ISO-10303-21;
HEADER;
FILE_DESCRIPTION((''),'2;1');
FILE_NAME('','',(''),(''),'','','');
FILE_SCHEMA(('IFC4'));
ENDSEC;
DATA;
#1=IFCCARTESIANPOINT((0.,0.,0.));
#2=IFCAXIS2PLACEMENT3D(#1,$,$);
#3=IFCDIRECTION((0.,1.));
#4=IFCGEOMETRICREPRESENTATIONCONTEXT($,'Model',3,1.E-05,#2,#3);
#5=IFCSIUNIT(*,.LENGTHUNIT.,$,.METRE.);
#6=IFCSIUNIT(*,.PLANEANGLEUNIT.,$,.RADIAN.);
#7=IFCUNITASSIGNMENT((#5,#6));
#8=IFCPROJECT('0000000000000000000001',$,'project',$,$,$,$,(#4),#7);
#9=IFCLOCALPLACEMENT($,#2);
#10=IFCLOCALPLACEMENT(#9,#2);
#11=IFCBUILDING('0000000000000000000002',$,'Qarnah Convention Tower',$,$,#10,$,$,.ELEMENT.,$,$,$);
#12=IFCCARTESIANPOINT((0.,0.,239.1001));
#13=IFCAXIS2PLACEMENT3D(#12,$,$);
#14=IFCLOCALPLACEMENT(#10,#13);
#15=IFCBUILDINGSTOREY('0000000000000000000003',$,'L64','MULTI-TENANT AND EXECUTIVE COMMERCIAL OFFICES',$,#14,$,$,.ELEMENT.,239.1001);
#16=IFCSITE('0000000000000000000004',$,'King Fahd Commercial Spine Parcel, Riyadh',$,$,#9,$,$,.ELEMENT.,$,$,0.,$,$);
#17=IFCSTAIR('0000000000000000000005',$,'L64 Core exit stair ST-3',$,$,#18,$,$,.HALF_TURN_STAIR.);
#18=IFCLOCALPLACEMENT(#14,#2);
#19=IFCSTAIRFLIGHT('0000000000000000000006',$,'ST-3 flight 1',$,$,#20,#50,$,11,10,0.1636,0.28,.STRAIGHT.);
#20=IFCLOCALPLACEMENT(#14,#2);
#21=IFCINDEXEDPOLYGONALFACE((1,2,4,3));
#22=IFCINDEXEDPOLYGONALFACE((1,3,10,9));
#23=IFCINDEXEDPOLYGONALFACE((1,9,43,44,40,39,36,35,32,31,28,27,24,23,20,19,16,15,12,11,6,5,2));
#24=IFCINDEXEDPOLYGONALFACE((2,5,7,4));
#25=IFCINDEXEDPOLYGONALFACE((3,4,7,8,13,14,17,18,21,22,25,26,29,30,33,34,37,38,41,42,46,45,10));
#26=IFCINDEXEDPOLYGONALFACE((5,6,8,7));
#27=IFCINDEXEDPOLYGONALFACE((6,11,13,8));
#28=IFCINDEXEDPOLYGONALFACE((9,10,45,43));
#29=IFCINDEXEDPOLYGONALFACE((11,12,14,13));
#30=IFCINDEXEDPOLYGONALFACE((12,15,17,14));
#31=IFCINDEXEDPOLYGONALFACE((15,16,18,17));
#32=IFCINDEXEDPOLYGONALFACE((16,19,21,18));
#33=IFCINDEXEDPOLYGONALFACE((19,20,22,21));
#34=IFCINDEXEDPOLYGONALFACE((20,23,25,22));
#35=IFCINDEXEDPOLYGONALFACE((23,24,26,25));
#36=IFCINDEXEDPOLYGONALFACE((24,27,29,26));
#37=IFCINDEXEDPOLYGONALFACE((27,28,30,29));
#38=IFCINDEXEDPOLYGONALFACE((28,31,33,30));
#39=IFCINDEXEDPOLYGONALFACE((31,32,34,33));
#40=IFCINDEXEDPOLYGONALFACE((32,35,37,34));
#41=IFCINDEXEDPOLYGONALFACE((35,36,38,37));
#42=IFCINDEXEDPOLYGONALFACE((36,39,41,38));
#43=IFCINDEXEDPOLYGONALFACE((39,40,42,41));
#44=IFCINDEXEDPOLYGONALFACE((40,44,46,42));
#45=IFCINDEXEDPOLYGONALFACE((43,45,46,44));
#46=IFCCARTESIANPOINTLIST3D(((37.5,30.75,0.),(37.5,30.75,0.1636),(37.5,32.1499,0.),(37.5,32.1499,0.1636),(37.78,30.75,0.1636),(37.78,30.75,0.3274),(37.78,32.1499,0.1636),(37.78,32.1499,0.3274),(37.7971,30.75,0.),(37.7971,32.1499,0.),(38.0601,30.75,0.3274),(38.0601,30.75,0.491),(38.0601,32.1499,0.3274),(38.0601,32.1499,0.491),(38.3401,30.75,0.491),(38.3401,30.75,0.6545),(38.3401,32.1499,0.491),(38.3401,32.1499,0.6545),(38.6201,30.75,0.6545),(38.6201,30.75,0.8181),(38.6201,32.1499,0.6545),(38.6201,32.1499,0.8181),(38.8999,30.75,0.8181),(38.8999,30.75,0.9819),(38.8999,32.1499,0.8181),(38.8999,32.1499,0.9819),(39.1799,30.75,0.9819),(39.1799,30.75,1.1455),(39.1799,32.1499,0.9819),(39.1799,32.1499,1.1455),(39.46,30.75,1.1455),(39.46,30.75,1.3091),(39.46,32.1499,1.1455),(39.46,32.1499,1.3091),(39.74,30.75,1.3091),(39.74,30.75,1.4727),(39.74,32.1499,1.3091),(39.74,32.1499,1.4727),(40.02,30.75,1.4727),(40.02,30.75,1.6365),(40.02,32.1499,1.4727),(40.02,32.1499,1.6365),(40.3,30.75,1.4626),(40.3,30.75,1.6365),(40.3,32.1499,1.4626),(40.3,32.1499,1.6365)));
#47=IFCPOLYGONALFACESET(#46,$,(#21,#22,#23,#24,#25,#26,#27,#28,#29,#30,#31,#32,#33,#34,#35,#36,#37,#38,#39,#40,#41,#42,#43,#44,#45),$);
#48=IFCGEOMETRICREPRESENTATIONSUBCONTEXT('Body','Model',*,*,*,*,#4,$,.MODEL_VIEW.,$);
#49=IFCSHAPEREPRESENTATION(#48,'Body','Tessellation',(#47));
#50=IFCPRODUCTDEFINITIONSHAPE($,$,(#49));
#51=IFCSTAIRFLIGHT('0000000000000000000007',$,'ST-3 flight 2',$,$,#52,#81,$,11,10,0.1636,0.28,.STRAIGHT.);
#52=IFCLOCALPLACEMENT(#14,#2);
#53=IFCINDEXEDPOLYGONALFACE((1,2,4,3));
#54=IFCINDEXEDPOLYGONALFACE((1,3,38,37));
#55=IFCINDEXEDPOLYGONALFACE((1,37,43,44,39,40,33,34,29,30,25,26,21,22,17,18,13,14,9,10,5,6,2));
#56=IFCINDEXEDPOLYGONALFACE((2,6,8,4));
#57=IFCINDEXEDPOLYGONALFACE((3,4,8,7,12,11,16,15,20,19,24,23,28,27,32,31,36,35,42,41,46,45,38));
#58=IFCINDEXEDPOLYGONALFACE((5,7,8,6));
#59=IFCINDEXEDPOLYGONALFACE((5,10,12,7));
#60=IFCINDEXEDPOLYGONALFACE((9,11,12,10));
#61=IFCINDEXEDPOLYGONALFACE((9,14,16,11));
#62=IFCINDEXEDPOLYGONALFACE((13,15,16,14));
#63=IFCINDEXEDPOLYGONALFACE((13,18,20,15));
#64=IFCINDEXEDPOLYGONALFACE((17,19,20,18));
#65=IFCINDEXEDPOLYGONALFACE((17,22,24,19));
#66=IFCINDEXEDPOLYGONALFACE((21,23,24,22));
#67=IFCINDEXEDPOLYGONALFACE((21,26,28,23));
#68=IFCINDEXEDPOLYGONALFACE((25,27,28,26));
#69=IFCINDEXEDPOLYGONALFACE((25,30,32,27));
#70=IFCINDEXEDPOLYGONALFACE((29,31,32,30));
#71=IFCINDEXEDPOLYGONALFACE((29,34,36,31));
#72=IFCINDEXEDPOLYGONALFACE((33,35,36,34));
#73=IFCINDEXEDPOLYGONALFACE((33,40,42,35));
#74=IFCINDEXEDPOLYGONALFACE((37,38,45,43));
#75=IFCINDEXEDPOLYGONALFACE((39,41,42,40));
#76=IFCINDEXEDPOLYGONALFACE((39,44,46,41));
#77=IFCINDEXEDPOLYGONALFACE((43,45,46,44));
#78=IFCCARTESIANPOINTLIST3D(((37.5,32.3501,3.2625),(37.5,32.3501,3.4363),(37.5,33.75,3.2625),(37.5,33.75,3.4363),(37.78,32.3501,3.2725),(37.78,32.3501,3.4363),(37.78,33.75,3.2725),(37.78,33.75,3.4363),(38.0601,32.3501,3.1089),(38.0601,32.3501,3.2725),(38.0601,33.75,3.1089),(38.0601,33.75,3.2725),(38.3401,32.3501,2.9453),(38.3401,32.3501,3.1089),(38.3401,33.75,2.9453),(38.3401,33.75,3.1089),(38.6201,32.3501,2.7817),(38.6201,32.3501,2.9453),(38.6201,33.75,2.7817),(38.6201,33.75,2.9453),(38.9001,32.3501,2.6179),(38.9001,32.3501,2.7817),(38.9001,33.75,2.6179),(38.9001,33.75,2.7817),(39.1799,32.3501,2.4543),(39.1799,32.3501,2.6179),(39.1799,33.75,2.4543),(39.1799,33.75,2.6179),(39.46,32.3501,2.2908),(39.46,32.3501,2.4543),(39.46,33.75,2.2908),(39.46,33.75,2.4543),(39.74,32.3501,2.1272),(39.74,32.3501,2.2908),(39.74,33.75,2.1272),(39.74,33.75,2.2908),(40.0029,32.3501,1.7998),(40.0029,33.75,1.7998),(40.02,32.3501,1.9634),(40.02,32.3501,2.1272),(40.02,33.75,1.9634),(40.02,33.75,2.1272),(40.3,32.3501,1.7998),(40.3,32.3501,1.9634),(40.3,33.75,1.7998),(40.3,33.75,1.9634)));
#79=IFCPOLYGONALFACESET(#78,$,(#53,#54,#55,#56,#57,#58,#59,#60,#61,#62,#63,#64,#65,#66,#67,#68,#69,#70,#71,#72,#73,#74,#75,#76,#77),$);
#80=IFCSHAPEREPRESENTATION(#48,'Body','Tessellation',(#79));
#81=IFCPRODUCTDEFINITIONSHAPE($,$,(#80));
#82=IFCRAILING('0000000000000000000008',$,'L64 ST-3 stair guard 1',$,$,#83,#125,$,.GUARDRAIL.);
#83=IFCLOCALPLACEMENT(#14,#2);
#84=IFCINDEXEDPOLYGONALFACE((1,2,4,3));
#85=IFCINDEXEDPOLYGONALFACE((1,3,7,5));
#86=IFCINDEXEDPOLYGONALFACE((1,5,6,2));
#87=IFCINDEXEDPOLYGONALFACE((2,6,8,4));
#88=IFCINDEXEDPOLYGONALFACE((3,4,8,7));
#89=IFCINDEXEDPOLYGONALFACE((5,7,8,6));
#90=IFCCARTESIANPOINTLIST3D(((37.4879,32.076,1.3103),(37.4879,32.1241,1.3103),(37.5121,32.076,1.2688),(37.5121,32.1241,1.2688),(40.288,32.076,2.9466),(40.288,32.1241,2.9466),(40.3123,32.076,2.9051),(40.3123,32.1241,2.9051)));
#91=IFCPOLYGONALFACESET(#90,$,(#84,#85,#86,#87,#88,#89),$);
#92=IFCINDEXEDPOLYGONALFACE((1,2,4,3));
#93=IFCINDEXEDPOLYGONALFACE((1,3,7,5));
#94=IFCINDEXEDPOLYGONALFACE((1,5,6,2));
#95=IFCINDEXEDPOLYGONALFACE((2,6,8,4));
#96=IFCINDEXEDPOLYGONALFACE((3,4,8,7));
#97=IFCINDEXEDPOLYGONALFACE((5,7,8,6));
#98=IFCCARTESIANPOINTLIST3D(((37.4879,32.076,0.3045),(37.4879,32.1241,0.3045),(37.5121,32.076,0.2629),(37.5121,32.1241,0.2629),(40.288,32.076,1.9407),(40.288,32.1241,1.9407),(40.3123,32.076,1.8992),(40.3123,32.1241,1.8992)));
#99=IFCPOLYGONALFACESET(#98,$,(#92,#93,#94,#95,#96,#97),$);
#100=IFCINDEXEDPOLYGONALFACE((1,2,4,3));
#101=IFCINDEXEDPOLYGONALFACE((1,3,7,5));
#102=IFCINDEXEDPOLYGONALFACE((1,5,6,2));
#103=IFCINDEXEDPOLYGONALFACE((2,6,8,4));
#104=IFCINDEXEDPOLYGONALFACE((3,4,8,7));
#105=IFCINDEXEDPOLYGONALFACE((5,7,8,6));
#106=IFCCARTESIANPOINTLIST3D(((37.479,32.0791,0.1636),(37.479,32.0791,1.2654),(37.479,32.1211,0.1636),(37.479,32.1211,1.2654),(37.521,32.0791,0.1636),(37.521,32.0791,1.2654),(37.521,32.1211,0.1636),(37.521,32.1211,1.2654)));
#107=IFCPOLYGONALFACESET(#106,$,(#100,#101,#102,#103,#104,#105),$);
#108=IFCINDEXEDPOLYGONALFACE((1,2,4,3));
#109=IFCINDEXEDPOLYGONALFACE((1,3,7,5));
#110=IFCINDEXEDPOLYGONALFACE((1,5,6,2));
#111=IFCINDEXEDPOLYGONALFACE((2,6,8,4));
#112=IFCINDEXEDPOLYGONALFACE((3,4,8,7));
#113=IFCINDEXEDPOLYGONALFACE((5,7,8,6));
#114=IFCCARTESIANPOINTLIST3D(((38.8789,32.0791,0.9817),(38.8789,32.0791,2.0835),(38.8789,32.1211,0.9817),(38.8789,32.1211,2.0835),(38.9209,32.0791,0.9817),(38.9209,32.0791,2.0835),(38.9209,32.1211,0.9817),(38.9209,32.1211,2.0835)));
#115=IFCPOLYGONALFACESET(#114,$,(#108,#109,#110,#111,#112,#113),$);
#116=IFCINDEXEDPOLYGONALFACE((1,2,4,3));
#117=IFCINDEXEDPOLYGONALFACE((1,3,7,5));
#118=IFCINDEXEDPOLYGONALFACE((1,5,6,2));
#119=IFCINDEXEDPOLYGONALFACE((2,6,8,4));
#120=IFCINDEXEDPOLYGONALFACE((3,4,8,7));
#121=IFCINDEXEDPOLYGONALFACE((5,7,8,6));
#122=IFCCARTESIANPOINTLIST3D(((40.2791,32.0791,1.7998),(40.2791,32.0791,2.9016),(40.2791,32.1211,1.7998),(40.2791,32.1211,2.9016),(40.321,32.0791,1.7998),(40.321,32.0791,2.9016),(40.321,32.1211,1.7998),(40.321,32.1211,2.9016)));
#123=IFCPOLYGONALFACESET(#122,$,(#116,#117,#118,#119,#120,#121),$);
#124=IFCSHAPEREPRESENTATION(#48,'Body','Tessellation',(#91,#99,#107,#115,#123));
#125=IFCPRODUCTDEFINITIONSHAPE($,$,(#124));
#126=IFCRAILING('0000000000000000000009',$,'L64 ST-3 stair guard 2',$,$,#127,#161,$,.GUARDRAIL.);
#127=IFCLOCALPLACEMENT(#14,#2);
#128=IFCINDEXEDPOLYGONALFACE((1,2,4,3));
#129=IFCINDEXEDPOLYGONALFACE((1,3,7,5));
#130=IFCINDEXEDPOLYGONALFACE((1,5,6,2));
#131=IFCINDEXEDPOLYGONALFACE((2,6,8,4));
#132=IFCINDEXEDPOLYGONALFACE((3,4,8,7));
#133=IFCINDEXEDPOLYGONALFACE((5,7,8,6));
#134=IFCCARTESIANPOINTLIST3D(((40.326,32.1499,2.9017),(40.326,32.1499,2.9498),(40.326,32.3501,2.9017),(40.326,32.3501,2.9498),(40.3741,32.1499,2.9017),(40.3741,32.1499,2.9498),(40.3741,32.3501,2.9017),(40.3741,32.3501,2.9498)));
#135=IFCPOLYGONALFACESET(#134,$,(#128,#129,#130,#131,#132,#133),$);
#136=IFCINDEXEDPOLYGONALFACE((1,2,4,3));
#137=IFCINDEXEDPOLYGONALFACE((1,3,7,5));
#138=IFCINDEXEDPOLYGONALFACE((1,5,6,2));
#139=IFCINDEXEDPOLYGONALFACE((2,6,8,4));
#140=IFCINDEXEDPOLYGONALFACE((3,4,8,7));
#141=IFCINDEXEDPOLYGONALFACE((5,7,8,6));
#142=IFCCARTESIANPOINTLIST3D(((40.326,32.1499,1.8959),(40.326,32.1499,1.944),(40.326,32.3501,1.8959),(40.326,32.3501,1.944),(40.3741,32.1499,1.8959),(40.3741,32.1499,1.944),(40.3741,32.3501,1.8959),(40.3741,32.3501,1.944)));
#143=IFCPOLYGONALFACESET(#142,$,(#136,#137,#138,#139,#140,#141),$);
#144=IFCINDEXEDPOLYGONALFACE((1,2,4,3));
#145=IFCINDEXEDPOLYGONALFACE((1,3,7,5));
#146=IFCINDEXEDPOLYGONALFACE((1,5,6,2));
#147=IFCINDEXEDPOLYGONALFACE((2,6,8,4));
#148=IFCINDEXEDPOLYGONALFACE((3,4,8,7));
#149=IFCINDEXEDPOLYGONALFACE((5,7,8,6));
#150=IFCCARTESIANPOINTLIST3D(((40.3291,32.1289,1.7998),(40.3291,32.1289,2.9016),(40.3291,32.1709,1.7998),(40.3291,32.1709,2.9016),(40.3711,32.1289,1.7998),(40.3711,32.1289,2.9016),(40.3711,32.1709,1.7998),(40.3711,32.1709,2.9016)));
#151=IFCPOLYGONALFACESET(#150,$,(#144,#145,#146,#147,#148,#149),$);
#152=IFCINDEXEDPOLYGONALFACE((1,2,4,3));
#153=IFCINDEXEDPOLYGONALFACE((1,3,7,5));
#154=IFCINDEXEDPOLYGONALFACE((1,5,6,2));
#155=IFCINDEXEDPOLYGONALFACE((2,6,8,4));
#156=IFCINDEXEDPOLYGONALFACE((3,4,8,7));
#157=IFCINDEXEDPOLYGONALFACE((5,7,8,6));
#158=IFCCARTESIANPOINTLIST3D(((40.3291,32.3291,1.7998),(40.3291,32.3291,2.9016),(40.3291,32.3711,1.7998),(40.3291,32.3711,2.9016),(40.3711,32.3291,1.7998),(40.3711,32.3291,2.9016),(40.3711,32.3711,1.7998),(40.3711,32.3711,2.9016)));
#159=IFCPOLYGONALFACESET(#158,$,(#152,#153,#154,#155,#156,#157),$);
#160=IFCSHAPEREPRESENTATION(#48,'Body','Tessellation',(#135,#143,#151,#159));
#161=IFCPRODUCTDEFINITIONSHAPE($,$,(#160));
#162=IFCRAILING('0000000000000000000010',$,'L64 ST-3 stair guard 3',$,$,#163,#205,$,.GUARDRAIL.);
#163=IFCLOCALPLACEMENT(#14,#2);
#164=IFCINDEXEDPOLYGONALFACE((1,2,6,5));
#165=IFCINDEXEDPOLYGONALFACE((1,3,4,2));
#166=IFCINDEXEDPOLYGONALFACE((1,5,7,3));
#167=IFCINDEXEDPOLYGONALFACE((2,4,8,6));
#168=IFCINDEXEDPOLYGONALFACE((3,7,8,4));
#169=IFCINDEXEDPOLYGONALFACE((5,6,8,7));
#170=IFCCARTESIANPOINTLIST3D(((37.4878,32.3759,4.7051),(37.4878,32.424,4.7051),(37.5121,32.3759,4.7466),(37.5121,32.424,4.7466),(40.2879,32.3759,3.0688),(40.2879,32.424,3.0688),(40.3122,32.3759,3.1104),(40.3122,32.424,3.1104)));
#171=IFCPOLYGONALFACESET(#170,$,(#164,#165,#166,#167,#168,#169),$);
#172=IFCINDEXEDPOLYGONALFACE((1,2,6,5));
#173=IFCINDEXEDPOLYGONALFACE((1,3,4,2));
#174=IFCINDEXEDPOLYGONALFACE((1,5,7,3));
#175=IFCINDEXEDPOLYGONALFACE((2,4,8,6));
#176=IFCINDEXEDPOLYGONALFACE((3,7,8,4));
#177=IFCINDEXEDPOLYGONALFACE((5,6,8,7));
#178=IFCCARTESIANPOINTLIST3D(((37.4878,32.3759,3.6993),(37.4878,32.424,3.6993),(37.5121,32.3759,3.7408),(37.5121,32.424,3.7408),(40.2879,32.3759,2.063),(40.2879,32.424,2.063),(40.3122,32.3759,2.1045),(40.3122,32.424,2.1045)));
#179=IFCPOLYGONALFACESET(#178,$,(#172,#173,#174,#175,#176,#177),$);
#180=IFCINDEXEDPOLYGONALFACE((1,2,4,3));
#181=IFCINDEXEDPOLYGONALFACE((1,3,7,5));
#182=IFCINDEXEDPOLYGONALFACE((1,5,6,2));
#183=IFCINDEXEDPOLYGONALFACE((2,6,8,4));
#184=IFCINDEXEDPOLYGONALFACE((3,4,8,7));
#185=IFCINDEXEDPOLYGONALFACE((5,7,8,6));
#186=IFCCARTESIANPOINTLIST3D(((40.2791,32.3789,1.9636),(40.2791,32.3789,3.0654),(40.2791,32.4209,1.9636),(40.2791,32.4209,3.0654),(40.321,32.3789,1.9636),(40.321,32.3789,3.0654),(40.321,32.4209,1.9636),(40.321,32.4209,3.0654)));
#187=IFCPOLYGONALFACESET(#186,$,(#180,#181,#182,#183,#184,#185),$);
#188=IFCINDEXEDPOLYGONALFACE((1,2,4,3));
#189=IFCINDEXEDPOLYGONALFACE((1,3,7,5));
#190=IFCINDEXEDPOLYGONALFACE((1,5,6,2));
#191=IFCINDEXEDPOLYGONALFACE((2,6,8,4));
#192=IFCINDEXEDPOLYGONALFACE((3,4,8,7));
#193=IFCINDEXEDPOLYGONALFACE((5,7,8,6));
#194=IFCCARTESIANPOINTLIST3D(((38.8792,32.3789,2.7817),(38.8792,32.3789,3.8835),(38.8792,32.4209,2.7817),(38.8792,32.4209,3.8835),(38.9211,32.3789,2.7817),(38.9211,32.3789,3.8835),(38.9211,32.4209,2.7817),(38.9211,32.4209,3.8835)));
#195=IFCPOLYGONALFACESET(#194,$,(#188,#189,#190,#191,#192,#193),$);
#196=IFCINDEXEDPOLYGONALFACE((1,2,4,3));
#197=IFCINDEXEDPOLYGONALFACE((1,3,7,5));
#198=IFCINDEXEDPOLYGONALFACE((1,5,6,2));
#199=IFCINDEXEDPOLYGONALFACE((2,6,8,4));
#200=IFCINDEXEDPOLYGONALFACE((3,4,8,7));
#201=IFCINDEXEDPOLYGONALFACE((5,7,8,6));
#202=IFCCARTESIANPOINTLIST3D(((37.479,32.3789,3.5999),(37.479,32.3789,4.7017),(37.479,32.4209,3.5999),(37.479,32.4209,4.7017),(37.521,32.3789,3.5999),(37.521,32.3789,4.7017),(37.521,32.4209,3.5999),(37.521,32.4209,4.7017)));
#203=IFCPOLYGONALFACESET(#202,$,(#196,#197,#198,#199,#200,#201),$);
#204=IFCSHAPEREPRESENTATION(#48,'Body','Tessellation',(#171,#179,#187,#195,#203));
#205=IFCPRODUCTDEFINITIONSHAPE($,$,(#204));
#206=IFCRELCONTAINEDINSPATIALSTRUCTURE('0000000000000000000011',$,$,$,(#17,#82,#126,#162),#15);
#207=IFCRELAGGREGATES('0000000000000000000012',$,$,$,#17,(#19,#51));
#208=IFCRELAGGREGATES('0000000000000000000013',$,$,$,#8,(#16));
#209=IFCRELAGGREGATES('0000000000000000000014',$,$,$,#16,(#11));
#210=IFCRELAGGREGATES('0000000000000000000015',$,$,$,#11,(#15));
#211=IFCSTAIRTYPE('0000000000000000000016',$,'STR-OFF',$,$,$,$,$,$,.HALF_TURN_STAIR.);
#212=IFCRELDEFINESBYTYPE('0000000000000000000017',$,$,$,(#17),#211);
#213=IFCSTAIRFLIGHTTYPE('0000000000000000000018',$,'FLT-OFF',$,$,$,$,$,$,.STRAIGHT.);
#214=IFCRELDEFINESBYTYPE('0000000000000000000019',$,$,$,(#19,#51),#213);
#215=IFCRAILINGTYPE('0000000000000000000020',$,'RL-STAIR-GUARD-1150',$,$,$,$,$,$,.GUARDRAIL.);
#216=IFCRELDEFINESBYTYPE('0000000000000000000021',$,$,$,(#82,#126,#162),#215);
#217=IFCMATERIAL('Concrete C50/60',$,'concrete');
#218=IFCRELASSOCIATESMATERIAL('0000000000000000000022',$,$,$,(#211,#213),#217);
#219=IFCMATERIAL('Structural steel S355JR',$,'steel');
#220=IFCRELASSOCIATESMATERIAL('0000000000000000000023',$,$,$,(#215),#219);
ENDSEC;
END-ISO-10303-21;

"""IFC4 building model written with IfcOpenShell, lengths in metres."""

from ifc_helpers import new_model, si_unit, direction, frame, origin, origin_2d, place, context, subcontext, project, spatial, polyline, rectangle, outline, extrude, material, type_object, element, aggregate, save


model = new_model("IFC4")

# Units and contexts
model_context = context("Model", 3, precision=1e-05, world=origin(), true_north=direction((0.0, 1.0)))
body_context = subcontext(model_context, "Body", "Model", "MODEL_VIEW")
ifc_project = project(units=[si_unit("LENGTHUNIT", "METRE"), si_unit("PLANEANGLEUNIT", "RADIAN")], contexts=[model_context])

# Site, building, storey
site_placement = place(None, origin())
site = spatial("IfcSite", under=ifc_project, at=site_placement, Name="King Fahd Commercial Spine Parcel, Riyadh", CompositionType="ELEMENT", RefElevation=0.0)
building_placement = place(site_placement, origin())
building = spatial("IfcBuilding", under=site, at=building_placement, Name="Qarnah Convention Tower", CompositionType="ELEMENT")
storey_placement = place(building_placement, frame((0.0, 0.0, 239.1001)))
storey = spatial("IfcBuildingStorey", under=building, at=storey_placement, Name="L64", Description="MULTI-TENANT AND EXECUTIVE COMMERCIAL OFFICES", CompositionType="ELEMENT", Elevation=239.1001)

# Shared definitions
ifc_material_1 = material(Name="Concrete C50/60", Category="concrete")

# Shared definitions
ifc_material_2 = material(Name="Structural steel S355JR", Category="steel")

# Stair, stair flights
stair_type = type_object("IfcStairType", Name="STR-OFF", PredefinedType="HALF_TURN_STAIR", material=ifc_material_1)
stair_placement = place(storey_placement, origin())
stair = element("IfcStair", 1, at=stair_placement, inside=storey, type_object=stair_type, Name="L64 Core exit stair ST-3", PredefinedType="HALF_TURN_STAIR")
stair_flight_type = type_object("IfcStairFlightType", Name="FLT-OFF", PredefinedType="STRAIGHT", material=ifc_material_1)
stair_flight_1_placement = place(storey_placement, frame((37.5, 31.45, 0.0), z_axis=(0.0, 0.0, 1.0), x_axis=(1.0, 0.0, 0.0)))
stair_flight_1 = element("IfcStairFlight", 2, at=stair_flight_1_placement, type_object=stair_flight_type, Name="ST-3 flight 1", NumberOfRisers=11, NumberOfTreads=10, PredefinedType="STRAIGHT", RiserHeight=0.1636, TreadLength=0.28, context=body_context, shape_type="SweptSolid", body=[
    extrude(outline(polyline([(0.0, 0.0), (0.0, 0.1636), (0.28, 0.1636), (0.28, 0.3274), (0.5601, 0.3274), (0.5601, 0.491), (0.8401, 0.491), (0.8401, 0.6545), (1.1201, 0.6545), (1.1201, 0.8181), (1.3999, 0.8181), (1.3999, 0.9819), (1.6799, 0.9819), (1.6799, 1.1455), (1.96, 1.1455), (1.96, 1.3091), (2.24, 1.3091), (2.24, 1.4727), (2.52, 1.4727), (2.52, 1.6365), (2.8, 1.6365), (2.8, 1.8), (2.8, 1.4626), (0.2971, 0.0), (0.0, 0.0)])), frame((0.0, 0.7, 0.0), z_axis=(0.0, -1.0, 0.0), x_axis=(1.0, 0.0, 0.0)), (0.0, 0.0, 1.0), 1.3999),
])
stair_flight_2_placement = place(storey_placement, frame((40.3, 33.05, 1.7998), z_axis=(0.0, 0.0, 1.0), x_axis=(-1.0, 0.0, 0.0)))
stair_flight_2 = element("IfcStairFlight", 3, at=stair_flight_2_placement, type_object=stair_flight_type, Name="ST-3 flight 2", NumberOfRisers=11, NumberOfTreads=10, PredefinedType="STRAIGHT", RiserHeight=0.1636, TreadLength=0.28, context=body_context, shape_type="SweptSolid", body=[
    extrude(outline(polyline([(0.0, 0.0), (0.0, 0.1636), (0.28, 0.1636), (0.28, 0.3274), (0.5601, 0.3274), (0.5601, 0.491), (0.8401, 0.491), (0.8401, 0.6545), (1.1201, 0.6545), (1.1201, 0.8181), (1.3999, 0.8181), (1.3999, 0.9819), (1.6799, 0.9819), (1.6799, 1.1455), (1.96, 1.1455), (1.96, 1.3091), (2.24, 1.3091), (2.24, 1.4727), (2.52, 1.4727), (2.52, 1.6365), (2.8, 1.6365), (2.8, 1.8), (2.8, 1.4626), (0.2971, 0.0), (0.0, 0.0)])), frame((0.0, 0.7, 0.0), z_axis=(0.0, -1.0, 0.0), x_axis=(1.0, 0.0, 0.0)), (0.0, 0.0, 1.0), 1.3999),
])
aggregate(stair, [stair_flight_1, stair_flight_2])

# Railings
railing_type_1 = type_object("IfcRailingType", Name="RL-STAIR-GUARD-1150", PredefinedType="GUARDRAIL", material=ifc_material_2)
railing_1_placement = place(storey_placement, frame((37.5, 32.1001, 0.1636)))
element("IfcRailing", 4, at=railing_1_placement, inside=storey, type_object=railing_type_1, Name="L64 ST-3 stair guard 1", PredefinedType="GUARDRAIL", context=body_context, shape_type="SweptSolid", body=[
    extrude(rectangle(XDim=0.0481, YDim=0.0481, at=origin_2d()), frame((0.0, 0.0, 1.126), z_axis=(0.863394, 0.0, 0.504531), x_axis=(0.0, 1.0, 0.0)), (0.0, 0.0, 1.0), 3.2432),
    extrude(rectangle(XDim=0.0481, YDim=0.0481, at=origin_2d()), frame((0.0, 0.0, 0.1201), z_axis=(0.863394, 0.0, 0.504531), x_axis=(0.0, 1.0, 0.0)), (0.0, 0.0, 1.0), 3.2432),
    extrude(rectangle(XDim=0.042, YDim=0.042, at=origin_2d()), origin(), (0.0, 0.0, 1.0), 1.1018),
    extrude(rectangle(XDim=0.042, YDim=0.042, at=origin_2d()), frame((1.3999, 0.0, 0.8181)), (0.0, 0.0, 1.0), 1.1018),
    extrude(rectangle(XDim=0.042, YDim=0.042, at=origin_2d()), frame((2.8, 0.0, 1.6362)), (0.0, 0.0, 1.0), 1.1018),
])
railing_2_placement = place(storey_placement, frame((40.3501, 32.1499, 1.7998)))
element("IfcRailing", 5, at=railing_2_placement, inside=storey, type_object=railing_type_1, Name="L64 ST-3 stair guard 2", PredefinedType="GUARDRAIL", context=body_context, shape_type="SweptSolid", body=[
    extrude(rectangle(XDim=0.0481, YDim=0.0481, at=origin_2d()), frame((0.0, 0.0, 1.126), z_axis=(0.0, 1.0, 0.0), x_axis=(-1.0, 0.0, 0.0)), (0.0, 0.0, 1.0), 0.2002),
    extrude(rectangle(XDim=0.0481, YDim=0.0481, at=origin_2d()), frame((0.0, 0.0, 0.1201), z_axis=(0.0, 1.0, 0.0), x_axis=(-1.0, 0.0, 0.0)), (0.0, 0.0, 1.0), 0.2002),
    extrude(rectangle(XDim=0.042, YDim=0.042, at=origin_2d()), origin(), (0.0, 0.0, 1.0), 1.1018),
    extrude(rectangle(XDim=0.042, YDim=0.042, at=origin_2d()), frame((0.0, 0.2002, 0.0)), (0.0, 0.0, 1.0), 1.1018),
])
railing_3_placement = place(storey_placement, frame((40.3, 32.3999, 1.9636)))
element("IfcRailing", 6, at=railing_3_placement, inside=storey, type_object=railing_type_1, Name="L64 ST-3 stair guard 3", PredefinedType="GUARDRAIL", context=body_context, shape_type="SweptSolid", body=[
    extrude(rectangle(XDim=0.0481, YDim=0.0481, at=origin_2d()), frame((0.0, 0.0, 1.126), z_axis=(-0.863394, 0.0, 0.504531), x_axis=(0.0, -1.0, 0.0)), (0.0, 0.0, 1.0), 3.2432),
    extrude(rectangle(XDim=0.0481, YDim=0.0481, at=origin_2d()), frame((0.0, 0.0, 0.1201), z_axis=(-0.863394, 0.0, 0.504531), x_axis=(0.0, -1.0, 0.0)), (0.0, 0.0, 1.0), 3.2432),
    extrude(rectangle(XDim=0.042, YDim=0.042, at=origin_2d()), origin(), (0.0, 0.0, 1.0), 1.1018),
    extrude(rectangle(XDim=0.042, YDim=0.042, at=origin_2d()), frame((-1.3999, 0.0, 0.8181)), (0.0, 0.0, 1.0), 1.1018),
    extrude(rectangle(XDim=0.042, YDim=0.042, at=origin_2d()), frame((-2.8, 0.0, 1.6362)), (0.0, 0.0, 1.0), 1.1018),
])

save(model, "model.ifc")
